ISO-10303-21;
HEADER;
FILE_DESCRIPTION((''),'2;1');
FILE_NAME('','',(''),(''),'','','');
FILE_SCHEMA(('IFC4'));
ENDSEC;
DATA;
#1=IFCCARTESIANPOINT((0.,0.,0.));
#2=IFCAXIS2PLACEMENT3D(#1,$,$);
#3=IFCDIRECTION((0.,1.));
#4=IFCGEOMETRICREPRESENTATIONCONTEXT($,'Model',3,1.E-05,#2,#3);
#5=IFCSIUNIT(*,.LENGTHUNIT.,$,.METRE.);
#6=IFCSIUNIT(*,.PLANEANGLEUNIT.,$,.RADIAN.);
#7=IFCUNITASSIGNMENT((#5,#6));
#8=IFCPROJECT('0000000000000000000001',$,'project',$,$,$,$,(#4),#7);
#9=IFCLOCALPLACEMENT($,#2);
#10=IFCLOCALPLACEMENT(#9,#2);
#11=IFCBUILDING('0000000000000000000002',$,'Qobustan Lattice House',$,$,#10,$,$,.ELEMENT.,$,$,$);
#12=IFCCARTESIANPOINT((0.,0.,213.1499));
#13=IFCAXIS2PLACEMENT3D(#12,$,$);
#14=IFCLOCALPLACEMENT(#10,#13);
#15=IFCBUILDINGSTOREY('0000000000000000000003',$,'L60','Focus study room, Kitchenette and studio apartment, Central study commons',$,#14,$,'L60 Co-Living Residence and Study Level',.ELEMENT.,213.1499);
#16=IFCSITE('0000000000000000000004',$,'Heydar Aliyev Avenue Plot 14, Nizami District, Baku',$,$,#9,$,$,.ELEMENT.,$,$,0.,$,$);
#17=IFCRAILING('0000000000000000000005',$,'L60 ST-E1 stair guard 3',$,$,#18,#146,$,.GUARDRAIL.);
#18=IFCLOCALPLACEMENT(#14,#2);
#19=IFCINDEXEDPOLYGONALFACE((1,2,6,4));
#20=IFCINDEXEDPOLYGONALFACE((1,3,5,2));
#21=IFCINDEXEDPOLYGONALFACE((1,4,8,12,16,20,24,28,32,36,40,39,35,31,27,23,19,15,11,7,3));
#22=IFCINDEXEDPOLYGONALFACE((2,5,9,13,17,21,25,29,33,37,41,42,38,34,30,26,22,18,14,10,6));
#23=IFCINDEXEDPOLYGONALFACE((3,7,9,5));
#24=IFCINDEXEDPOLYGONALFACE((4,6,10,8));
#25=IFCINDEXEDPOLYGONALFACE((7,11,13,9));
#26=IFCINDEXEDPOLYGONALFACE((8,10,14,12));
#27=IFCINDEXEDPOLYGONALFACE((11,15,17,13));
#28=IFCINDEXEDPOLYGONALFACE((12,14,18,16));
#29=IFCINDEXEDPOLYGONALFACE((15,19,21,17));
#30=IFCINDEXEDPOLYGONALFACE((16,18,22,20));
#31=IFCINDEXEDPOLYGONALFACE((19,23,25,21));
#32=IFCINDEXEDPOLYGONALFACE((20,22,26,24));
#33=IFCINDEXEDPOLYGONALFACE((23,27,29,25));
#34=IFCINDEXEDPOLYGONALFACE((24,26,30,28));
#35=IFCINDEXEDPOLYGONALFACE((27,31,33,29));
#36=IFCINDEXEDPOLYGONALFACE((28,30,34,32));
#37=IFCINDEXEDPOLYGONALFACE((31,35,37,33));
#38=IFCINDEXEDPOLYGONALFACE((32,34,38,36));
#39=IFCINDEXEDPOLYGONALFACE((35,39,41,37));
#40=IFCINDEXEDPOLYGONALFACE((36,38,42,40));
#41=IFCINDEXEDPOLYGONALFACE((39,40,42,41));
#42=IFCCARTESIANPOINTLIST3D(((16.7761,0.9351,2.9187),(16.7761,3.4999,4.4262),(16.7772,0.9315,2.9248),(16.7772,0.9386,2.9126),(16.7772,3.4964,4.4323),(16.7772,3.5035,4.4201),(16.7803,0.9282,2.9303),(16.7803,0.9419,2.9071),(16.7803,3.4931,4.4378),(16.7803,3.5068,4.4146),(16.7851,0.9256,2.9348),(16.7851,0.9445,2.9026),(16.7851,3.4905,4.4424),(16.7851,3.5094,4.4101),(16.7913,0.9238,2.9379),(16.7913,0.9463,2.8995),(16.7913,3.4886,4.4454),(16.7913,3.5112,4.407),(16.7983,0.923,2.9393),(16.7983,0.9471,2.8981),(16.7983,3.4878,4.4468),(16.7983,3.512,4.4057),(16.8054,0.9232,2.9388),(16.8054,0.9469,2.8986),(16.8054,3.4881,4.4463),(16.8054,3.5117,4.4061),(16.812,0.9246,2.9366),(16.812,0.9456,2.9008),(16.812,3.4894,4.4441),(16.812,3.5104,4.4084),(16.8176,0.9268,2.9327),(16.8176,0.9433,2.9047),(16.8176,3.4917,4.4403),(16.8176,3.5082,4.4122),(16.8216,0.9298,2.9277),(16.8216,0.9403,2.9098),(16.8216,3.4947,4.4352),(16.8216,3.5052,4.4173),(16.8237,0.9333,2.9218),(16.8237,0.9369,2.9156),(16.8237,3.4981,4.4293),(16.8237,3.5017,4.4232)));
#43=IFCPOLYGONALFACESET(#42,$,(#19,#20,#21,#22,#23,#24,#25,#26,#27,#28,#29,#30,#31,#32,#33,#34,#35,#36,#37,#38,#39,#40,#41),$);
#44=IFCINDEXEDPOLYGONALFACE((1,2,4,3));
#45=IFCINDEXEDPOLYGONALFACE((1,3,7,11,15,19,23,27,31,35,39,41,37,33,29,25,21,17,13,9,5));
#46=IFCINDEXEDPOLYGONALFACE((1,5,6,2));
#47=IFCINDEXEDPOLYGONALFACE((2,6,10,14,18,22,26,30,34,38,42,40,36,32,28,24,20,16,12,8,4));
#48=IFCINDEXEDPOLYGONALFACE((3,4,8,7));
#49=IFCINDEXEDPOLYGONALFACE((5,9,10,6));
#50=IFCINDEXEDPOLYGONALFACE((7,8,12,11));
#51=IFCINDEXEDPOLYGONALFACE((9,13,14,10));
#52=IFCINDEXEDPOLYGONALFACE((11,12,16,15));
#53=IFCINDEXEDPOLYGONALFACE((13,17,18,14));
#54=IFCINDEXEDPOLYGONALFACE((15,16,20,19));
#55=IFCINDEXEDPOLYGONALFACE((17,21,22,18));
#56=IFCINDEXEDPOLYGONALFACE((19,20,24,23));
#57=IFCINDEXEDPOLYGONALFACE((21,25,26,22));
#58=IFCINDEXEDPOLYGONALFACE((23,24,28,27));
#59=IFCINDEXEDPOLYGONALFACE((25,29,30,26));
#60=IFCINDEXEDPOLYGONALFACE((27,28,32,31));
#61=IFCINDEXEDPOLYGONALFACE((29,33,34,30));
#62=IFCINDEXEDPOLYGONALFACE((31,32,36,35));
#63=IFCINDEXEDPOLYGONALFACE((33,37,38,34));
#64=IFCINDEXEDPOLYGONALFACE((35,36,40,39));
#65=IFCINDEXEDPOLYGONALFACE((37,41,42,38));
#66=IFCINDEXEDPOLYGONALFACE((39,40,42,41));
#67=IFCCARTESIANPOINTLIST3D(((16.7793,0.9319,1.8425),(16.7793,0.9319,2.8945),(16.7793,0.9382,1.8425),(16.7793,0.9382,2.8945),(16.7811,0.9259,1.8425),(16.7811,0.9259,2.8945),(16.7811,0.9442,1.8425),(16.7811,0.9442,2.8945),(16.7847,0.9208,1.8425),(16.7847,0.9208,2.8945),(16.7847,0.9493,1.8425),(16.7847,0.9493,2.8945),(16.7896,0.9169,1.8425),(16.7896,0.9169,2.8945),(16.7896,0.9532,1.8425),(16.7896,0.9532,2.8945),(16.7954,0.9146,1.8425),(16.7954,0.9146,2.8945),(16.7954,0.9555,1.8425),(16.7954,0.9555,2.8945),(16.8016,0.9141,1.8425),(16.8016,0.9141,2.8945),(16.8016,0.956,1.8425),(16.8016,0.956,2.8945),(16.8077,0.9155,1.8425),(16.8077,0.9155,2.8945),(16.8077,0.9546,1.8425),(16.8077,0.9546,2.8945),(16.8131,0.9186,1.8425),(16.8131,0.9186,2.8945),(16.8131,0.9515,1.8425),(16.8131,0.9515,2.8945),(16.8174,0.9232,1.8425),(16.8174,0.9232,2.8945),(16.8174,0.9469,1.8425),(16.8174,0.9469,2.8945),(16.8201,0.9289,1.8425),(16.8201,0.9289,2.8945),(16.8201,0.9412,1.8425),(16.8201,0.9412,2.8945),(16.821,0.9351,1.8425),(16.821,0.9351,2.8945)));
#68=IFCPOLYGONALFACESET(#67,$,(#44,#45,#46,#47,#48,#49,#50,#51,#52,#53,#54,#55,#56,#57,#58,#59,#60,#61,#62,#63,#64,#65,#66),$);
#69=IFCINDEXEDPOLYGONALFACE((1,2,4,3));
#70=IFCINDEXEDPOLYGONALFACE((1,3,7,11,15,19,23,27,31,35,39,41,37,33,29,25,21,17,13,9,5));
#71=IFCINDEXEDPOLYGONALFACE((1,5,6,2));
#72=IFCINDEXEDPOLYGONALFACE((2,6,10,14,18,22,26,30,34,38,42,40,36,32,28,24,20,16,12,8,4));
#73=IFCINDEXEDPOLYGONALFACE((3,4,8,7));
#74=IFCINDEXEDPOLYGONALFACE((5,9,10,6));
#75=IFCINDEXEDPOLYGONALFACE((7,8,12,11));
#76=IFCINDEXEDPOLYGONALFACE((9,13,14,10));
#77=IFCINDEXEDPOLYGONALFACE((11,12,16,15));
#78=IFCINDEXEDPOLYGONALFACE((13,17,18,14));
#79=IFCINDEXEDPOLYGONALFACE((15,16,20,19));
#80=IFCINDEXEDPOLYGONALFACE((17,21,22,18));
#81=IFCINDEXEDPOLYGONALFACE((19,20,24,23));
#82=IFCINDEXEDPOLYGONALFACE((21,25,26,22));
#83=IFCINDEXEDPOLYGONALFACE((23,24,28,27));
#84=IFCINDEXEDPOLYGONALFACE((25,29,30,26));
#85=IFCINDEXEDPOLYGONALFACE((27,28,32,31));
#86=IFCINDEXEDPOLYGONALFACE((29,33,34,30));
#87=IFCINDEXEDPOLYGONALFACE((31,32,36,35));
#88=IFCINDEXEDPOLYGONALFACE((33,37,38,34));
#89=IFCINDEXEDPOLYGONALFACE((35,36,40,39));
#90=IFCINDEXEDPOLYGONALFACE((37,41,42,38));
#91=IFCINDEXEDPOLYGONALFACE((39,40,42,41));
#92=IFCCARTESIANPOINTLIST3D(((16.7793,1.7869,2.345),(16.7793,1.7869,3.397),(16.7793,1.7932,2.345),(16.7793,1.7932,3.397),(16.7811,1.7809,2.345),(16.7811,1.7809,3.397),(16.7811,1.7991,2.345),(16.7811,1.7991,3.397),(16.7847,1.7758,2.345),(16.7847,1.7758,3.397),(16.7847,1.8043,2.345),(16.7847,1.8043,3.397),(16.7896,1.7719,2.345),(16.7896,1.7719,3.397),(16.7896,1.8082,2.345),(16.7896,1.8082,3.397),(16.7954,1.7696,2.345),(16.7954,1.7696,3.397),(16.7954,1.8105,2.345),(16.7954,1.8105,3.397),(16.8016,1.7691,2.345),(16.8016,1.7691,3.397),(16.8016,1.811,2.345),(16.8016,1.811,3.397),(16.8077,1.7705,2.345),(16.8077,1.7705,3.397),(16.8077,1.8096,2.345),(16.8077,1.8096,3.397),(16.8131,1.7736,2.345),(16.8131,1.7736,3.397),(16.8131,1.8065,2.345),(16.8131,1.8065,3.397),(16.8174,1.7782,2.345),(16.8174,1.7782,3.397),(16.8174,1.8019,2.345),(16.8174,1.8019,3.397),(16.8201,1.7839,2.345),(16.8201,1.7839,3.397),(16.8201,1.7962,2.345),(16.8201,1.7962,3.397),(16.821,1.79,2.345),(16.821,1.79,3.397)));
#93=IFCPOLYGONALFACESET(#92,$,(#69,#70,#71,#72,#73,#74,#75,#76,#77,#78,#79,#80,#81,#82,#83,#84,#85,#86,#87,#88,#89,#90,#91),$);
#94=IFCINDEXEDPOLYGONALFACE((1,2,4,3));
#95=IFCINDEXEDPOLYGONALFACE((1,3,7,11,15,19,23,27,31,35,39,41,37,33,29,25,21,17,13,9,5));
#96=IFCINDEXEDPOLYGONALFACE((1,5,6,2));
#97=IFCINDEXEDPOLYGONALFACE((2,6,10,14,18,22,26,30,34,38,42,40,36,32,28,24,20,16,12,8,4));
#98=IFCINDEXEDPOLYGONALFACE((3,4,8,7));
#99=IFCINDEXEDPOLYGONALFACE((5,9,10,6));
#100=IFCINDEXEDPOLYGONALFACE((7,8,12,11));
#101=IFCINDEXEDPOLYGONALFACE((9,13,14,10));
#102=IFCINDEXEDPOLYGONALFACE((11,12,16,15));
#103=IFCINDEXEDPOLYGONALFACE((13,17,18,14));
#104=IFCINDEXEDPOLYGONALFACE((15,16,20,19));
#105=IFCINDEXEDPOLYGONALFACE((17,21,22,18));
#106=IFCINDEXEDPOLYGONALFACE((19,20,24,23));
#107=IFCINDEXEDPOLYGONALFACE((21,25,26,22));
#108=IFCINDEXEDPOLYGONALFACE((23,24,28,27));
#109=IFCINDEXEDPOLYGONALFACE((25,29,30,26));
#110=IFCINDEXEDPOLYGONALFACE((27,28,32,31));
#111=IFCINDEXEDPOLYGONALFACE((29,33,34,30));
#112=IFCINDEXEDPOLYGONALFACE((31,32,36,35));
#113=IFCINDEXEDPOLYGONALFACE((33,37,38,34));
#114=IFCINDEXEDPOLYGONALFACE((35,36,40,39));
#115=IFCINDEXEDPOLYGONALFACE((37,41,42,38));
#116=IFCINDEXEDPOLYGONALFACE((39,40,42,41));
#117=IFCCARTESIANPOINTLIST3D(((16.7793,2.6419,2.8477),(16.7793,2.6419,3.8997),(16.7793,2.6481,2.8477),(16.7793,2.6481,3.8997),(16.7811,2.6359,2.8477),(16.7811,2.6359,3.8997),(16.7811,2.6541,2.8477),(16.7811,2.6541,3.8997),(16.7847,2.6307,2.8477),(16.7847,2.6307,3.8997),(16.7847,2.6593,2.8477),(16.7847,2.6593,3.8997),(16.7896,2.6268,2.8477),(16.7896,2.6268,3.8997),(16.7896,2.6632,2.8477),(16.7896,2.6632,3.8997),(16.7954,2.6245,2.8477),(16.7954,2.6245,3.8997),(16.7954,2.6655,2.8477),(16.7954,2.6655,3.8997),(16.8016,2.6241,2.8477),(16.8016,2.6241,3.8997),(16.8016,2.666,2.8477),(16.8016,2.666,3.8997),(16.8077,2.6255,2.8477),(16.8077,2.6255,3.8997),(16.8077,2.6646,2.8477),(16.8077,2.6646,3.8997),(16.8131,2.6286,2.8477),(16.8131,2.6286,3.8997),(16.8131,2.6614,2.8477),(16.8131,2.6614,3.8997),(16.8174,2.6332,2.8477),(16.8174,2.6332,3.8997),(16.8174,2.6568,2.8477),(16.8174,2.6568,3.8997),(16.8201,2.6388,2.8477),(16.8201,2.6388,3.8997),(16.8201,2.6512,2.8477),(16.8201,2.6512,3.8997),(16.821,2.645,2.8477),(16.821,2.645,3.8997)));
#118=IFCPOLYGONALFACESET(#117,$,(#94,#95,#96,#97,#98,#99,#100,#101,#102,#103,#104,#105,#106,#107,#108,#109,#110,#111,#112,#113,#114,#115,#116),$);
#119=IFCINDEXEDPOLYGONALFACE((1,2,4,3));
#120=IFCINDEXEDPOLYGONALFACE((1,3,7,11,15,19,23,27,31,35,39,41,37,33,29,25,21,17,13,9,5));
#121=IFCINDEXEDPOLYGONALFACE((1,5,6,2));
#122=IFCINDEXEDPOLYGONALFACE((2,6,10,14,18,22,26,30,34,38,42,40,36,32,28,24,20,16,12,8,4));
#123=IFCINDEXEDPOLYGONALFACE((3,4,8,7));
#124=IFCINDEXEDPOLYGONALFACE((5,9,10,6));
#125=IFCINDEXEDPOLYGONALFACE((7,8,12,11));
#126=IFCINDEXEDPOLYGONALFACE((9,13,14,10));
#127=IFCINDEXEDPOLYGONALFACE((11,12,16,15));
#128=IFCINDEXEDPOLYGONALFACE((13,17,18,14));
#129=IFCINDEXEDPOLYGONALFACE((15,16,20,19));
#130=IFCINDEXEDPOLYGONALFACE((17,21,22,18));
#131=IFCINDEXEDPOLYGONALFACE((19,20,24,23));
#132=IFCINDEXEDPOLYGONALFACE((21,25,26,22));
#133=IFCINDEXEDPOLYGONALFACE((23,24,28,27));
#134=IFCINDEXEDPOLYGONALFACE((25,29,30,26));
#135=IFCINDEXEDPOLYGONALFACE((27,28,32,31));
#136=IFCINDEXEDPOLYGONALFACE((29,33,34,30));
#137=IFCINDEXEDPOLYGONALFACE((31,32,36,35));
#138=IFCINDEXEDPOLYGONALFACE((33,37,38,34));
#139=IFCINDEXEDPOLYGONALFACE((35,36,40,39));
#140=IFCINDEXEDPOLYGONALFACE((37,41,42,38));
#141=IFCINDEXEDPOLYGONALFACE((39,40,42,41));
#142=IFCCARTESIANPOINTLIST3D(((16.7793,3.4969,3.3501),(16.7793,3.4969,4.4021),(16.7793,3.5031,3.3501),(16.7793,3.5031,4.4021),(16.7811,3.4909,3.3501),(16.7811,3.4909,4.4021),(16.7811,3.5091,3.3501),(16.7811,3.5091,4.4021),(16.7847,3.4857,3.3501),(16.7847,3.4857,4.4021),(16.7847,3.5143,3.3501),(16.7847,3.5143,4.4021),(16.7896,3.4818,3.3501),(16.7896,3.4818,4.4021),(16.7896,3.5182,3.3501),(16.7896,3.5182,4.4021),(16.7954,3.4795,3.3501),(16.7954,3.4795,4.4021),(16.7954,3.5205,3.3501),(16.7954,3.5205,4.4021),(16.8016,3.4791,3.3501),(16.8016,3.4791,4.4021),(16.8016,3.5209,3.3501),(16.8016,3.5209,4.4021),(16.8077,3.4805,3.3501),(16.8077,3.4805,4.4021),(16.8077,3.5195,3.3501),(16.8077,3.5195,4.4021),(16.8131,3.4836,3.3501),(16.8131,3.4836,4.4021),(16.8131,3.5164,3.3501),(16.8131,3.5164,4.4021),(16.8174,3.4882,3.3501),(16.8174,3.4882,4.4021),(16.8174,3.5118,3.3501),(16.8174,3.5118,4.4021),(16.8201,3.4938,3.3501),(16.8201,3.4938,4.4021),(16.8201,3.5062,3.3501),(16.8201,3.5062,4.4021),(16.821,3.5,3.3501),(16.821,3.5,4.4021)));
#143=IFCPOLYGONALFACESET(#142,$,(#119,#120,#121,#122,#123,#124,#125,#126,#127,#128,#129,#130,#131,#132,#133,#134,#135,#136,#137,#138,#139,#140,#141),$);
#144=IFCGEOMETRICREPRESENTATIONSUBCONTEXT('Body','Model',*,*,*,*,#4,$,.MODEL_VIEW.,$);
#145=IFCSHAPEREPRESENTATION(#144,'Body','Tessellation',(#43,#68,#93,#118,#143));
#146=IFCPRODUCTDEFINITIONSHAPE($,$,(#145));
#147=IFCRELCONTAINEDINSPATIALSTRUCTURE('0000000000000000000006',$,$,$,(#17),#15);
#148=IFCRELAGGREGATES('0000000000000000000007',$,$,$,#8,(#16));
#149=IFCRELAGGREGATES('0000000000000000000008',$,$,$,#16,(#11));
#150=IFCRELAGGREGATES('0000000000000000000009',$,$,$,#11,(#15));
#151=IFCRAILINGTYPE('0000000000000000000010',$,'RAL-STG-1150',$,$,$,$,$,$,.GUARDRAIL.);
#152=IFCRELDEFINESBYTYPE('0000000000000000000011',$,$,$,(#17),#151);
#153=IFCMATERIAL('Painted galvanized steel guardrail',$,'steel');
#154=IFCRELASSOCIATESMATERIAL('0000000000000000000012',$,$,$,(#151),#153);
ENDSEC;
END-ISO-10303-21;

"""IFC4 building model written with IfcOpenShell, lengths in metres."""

from ifc_helpers import new_model, si_unit, direction, frame, origin, origin_2d, place, context, subcontext, project, spatial, circle, extrude, material, type_object, element, save


model = new_model("IFC4")

# Units and contexts
model_context = context("Model", 3, precision=1e-05, world=origin(), true_north=direction((0.0, 1.0)))
body_context = subcontext(model_context, "Body", "Model", "MODEL_VIEW")
ifc_project = project(units=[si_unit("LENGTHUNIT", "METRE"), si_unit("PLANEANGLEUNIT", "RADIAN")], contexts=[model_context])

# Site, building, storey
site_placement = place(None, origin())
site = spatial("IfcSite", under=ifc_project, at=site_placement, Name="Heydar Aliyev Avenue Plot 14, Nizami District, Baku", CompositionType="ELEMENT", RefElevation=0.0)
building_placement = place(site_placement, origin())
building = spatial("IfcBuilding", under=site, at=building_placement, Name="Qobustan Lattice House", CompositionType="ELEMENT")
storey_placement = place(building_placement, frame((0.0, 0.0, 213.1499)))
storey = spatial("IfcBuildingStorey", under=building, at=storey_placement, Name="L60", Description="Focus study room, Kitchenette and studio apartment, Central study commons", LongName="L60 Co-Living Residence and Study Level", CompositionType="ELEMENT", Elevation=213.1499)

# Railing
ifc_material_1 = material(Name="Painted galvanized steel guardrail", Category="steel")
railing_type_1 = type_object("IfcRailingType", Name="RAL-STG-1150", PredefinedType="GUARDRAIL", material=ifc_material_1)
railing_1_placement = place(storey_placement, frame((16.8, 0.9351, 1.8425)))
element("IfcRailing", 1, at=railing_1_placement, inside=storey, type_object=railing_type_1, Name="L60 ST-E1 stair guard 3", PredefinedType="GUARDRAIL", context=body_context, shape_type="SweptSolid", body=[
    extrude(circle(Radius=0.0239, at=origin_2d()), frame((0.0, 0.0, 1.0762), z_axis=(0.0, 0.862113, 0.506715), x_axis=(-1.0, 0.0, 0.0)), (0.0, 0.0, 1.0), 2.9751),
    extrude(circle(Radius=0.021, at=origin_2d()), origin(), (0.0, 0.0, 1.0), 1.052),
    extrude(circle(Radius=0.021, at=origin_2d()), frame((0.0, 0.855, 0.5024)), (0.0, 0.0, 1.0), 1.052),
    extrude(circle(Radius=0.021, at=origin_2d()), frame((0.0, 1.71, 1.0051)), (0.0, 0.0, 1.0), 1.052),
    extrude(circle(Radius=0.021, at=origin_2d()), frame((0.0, 2.5649, 1.5076)), (0.0, 0.0, 1.0), 1.052),
])

save(model, "model.ifc")
